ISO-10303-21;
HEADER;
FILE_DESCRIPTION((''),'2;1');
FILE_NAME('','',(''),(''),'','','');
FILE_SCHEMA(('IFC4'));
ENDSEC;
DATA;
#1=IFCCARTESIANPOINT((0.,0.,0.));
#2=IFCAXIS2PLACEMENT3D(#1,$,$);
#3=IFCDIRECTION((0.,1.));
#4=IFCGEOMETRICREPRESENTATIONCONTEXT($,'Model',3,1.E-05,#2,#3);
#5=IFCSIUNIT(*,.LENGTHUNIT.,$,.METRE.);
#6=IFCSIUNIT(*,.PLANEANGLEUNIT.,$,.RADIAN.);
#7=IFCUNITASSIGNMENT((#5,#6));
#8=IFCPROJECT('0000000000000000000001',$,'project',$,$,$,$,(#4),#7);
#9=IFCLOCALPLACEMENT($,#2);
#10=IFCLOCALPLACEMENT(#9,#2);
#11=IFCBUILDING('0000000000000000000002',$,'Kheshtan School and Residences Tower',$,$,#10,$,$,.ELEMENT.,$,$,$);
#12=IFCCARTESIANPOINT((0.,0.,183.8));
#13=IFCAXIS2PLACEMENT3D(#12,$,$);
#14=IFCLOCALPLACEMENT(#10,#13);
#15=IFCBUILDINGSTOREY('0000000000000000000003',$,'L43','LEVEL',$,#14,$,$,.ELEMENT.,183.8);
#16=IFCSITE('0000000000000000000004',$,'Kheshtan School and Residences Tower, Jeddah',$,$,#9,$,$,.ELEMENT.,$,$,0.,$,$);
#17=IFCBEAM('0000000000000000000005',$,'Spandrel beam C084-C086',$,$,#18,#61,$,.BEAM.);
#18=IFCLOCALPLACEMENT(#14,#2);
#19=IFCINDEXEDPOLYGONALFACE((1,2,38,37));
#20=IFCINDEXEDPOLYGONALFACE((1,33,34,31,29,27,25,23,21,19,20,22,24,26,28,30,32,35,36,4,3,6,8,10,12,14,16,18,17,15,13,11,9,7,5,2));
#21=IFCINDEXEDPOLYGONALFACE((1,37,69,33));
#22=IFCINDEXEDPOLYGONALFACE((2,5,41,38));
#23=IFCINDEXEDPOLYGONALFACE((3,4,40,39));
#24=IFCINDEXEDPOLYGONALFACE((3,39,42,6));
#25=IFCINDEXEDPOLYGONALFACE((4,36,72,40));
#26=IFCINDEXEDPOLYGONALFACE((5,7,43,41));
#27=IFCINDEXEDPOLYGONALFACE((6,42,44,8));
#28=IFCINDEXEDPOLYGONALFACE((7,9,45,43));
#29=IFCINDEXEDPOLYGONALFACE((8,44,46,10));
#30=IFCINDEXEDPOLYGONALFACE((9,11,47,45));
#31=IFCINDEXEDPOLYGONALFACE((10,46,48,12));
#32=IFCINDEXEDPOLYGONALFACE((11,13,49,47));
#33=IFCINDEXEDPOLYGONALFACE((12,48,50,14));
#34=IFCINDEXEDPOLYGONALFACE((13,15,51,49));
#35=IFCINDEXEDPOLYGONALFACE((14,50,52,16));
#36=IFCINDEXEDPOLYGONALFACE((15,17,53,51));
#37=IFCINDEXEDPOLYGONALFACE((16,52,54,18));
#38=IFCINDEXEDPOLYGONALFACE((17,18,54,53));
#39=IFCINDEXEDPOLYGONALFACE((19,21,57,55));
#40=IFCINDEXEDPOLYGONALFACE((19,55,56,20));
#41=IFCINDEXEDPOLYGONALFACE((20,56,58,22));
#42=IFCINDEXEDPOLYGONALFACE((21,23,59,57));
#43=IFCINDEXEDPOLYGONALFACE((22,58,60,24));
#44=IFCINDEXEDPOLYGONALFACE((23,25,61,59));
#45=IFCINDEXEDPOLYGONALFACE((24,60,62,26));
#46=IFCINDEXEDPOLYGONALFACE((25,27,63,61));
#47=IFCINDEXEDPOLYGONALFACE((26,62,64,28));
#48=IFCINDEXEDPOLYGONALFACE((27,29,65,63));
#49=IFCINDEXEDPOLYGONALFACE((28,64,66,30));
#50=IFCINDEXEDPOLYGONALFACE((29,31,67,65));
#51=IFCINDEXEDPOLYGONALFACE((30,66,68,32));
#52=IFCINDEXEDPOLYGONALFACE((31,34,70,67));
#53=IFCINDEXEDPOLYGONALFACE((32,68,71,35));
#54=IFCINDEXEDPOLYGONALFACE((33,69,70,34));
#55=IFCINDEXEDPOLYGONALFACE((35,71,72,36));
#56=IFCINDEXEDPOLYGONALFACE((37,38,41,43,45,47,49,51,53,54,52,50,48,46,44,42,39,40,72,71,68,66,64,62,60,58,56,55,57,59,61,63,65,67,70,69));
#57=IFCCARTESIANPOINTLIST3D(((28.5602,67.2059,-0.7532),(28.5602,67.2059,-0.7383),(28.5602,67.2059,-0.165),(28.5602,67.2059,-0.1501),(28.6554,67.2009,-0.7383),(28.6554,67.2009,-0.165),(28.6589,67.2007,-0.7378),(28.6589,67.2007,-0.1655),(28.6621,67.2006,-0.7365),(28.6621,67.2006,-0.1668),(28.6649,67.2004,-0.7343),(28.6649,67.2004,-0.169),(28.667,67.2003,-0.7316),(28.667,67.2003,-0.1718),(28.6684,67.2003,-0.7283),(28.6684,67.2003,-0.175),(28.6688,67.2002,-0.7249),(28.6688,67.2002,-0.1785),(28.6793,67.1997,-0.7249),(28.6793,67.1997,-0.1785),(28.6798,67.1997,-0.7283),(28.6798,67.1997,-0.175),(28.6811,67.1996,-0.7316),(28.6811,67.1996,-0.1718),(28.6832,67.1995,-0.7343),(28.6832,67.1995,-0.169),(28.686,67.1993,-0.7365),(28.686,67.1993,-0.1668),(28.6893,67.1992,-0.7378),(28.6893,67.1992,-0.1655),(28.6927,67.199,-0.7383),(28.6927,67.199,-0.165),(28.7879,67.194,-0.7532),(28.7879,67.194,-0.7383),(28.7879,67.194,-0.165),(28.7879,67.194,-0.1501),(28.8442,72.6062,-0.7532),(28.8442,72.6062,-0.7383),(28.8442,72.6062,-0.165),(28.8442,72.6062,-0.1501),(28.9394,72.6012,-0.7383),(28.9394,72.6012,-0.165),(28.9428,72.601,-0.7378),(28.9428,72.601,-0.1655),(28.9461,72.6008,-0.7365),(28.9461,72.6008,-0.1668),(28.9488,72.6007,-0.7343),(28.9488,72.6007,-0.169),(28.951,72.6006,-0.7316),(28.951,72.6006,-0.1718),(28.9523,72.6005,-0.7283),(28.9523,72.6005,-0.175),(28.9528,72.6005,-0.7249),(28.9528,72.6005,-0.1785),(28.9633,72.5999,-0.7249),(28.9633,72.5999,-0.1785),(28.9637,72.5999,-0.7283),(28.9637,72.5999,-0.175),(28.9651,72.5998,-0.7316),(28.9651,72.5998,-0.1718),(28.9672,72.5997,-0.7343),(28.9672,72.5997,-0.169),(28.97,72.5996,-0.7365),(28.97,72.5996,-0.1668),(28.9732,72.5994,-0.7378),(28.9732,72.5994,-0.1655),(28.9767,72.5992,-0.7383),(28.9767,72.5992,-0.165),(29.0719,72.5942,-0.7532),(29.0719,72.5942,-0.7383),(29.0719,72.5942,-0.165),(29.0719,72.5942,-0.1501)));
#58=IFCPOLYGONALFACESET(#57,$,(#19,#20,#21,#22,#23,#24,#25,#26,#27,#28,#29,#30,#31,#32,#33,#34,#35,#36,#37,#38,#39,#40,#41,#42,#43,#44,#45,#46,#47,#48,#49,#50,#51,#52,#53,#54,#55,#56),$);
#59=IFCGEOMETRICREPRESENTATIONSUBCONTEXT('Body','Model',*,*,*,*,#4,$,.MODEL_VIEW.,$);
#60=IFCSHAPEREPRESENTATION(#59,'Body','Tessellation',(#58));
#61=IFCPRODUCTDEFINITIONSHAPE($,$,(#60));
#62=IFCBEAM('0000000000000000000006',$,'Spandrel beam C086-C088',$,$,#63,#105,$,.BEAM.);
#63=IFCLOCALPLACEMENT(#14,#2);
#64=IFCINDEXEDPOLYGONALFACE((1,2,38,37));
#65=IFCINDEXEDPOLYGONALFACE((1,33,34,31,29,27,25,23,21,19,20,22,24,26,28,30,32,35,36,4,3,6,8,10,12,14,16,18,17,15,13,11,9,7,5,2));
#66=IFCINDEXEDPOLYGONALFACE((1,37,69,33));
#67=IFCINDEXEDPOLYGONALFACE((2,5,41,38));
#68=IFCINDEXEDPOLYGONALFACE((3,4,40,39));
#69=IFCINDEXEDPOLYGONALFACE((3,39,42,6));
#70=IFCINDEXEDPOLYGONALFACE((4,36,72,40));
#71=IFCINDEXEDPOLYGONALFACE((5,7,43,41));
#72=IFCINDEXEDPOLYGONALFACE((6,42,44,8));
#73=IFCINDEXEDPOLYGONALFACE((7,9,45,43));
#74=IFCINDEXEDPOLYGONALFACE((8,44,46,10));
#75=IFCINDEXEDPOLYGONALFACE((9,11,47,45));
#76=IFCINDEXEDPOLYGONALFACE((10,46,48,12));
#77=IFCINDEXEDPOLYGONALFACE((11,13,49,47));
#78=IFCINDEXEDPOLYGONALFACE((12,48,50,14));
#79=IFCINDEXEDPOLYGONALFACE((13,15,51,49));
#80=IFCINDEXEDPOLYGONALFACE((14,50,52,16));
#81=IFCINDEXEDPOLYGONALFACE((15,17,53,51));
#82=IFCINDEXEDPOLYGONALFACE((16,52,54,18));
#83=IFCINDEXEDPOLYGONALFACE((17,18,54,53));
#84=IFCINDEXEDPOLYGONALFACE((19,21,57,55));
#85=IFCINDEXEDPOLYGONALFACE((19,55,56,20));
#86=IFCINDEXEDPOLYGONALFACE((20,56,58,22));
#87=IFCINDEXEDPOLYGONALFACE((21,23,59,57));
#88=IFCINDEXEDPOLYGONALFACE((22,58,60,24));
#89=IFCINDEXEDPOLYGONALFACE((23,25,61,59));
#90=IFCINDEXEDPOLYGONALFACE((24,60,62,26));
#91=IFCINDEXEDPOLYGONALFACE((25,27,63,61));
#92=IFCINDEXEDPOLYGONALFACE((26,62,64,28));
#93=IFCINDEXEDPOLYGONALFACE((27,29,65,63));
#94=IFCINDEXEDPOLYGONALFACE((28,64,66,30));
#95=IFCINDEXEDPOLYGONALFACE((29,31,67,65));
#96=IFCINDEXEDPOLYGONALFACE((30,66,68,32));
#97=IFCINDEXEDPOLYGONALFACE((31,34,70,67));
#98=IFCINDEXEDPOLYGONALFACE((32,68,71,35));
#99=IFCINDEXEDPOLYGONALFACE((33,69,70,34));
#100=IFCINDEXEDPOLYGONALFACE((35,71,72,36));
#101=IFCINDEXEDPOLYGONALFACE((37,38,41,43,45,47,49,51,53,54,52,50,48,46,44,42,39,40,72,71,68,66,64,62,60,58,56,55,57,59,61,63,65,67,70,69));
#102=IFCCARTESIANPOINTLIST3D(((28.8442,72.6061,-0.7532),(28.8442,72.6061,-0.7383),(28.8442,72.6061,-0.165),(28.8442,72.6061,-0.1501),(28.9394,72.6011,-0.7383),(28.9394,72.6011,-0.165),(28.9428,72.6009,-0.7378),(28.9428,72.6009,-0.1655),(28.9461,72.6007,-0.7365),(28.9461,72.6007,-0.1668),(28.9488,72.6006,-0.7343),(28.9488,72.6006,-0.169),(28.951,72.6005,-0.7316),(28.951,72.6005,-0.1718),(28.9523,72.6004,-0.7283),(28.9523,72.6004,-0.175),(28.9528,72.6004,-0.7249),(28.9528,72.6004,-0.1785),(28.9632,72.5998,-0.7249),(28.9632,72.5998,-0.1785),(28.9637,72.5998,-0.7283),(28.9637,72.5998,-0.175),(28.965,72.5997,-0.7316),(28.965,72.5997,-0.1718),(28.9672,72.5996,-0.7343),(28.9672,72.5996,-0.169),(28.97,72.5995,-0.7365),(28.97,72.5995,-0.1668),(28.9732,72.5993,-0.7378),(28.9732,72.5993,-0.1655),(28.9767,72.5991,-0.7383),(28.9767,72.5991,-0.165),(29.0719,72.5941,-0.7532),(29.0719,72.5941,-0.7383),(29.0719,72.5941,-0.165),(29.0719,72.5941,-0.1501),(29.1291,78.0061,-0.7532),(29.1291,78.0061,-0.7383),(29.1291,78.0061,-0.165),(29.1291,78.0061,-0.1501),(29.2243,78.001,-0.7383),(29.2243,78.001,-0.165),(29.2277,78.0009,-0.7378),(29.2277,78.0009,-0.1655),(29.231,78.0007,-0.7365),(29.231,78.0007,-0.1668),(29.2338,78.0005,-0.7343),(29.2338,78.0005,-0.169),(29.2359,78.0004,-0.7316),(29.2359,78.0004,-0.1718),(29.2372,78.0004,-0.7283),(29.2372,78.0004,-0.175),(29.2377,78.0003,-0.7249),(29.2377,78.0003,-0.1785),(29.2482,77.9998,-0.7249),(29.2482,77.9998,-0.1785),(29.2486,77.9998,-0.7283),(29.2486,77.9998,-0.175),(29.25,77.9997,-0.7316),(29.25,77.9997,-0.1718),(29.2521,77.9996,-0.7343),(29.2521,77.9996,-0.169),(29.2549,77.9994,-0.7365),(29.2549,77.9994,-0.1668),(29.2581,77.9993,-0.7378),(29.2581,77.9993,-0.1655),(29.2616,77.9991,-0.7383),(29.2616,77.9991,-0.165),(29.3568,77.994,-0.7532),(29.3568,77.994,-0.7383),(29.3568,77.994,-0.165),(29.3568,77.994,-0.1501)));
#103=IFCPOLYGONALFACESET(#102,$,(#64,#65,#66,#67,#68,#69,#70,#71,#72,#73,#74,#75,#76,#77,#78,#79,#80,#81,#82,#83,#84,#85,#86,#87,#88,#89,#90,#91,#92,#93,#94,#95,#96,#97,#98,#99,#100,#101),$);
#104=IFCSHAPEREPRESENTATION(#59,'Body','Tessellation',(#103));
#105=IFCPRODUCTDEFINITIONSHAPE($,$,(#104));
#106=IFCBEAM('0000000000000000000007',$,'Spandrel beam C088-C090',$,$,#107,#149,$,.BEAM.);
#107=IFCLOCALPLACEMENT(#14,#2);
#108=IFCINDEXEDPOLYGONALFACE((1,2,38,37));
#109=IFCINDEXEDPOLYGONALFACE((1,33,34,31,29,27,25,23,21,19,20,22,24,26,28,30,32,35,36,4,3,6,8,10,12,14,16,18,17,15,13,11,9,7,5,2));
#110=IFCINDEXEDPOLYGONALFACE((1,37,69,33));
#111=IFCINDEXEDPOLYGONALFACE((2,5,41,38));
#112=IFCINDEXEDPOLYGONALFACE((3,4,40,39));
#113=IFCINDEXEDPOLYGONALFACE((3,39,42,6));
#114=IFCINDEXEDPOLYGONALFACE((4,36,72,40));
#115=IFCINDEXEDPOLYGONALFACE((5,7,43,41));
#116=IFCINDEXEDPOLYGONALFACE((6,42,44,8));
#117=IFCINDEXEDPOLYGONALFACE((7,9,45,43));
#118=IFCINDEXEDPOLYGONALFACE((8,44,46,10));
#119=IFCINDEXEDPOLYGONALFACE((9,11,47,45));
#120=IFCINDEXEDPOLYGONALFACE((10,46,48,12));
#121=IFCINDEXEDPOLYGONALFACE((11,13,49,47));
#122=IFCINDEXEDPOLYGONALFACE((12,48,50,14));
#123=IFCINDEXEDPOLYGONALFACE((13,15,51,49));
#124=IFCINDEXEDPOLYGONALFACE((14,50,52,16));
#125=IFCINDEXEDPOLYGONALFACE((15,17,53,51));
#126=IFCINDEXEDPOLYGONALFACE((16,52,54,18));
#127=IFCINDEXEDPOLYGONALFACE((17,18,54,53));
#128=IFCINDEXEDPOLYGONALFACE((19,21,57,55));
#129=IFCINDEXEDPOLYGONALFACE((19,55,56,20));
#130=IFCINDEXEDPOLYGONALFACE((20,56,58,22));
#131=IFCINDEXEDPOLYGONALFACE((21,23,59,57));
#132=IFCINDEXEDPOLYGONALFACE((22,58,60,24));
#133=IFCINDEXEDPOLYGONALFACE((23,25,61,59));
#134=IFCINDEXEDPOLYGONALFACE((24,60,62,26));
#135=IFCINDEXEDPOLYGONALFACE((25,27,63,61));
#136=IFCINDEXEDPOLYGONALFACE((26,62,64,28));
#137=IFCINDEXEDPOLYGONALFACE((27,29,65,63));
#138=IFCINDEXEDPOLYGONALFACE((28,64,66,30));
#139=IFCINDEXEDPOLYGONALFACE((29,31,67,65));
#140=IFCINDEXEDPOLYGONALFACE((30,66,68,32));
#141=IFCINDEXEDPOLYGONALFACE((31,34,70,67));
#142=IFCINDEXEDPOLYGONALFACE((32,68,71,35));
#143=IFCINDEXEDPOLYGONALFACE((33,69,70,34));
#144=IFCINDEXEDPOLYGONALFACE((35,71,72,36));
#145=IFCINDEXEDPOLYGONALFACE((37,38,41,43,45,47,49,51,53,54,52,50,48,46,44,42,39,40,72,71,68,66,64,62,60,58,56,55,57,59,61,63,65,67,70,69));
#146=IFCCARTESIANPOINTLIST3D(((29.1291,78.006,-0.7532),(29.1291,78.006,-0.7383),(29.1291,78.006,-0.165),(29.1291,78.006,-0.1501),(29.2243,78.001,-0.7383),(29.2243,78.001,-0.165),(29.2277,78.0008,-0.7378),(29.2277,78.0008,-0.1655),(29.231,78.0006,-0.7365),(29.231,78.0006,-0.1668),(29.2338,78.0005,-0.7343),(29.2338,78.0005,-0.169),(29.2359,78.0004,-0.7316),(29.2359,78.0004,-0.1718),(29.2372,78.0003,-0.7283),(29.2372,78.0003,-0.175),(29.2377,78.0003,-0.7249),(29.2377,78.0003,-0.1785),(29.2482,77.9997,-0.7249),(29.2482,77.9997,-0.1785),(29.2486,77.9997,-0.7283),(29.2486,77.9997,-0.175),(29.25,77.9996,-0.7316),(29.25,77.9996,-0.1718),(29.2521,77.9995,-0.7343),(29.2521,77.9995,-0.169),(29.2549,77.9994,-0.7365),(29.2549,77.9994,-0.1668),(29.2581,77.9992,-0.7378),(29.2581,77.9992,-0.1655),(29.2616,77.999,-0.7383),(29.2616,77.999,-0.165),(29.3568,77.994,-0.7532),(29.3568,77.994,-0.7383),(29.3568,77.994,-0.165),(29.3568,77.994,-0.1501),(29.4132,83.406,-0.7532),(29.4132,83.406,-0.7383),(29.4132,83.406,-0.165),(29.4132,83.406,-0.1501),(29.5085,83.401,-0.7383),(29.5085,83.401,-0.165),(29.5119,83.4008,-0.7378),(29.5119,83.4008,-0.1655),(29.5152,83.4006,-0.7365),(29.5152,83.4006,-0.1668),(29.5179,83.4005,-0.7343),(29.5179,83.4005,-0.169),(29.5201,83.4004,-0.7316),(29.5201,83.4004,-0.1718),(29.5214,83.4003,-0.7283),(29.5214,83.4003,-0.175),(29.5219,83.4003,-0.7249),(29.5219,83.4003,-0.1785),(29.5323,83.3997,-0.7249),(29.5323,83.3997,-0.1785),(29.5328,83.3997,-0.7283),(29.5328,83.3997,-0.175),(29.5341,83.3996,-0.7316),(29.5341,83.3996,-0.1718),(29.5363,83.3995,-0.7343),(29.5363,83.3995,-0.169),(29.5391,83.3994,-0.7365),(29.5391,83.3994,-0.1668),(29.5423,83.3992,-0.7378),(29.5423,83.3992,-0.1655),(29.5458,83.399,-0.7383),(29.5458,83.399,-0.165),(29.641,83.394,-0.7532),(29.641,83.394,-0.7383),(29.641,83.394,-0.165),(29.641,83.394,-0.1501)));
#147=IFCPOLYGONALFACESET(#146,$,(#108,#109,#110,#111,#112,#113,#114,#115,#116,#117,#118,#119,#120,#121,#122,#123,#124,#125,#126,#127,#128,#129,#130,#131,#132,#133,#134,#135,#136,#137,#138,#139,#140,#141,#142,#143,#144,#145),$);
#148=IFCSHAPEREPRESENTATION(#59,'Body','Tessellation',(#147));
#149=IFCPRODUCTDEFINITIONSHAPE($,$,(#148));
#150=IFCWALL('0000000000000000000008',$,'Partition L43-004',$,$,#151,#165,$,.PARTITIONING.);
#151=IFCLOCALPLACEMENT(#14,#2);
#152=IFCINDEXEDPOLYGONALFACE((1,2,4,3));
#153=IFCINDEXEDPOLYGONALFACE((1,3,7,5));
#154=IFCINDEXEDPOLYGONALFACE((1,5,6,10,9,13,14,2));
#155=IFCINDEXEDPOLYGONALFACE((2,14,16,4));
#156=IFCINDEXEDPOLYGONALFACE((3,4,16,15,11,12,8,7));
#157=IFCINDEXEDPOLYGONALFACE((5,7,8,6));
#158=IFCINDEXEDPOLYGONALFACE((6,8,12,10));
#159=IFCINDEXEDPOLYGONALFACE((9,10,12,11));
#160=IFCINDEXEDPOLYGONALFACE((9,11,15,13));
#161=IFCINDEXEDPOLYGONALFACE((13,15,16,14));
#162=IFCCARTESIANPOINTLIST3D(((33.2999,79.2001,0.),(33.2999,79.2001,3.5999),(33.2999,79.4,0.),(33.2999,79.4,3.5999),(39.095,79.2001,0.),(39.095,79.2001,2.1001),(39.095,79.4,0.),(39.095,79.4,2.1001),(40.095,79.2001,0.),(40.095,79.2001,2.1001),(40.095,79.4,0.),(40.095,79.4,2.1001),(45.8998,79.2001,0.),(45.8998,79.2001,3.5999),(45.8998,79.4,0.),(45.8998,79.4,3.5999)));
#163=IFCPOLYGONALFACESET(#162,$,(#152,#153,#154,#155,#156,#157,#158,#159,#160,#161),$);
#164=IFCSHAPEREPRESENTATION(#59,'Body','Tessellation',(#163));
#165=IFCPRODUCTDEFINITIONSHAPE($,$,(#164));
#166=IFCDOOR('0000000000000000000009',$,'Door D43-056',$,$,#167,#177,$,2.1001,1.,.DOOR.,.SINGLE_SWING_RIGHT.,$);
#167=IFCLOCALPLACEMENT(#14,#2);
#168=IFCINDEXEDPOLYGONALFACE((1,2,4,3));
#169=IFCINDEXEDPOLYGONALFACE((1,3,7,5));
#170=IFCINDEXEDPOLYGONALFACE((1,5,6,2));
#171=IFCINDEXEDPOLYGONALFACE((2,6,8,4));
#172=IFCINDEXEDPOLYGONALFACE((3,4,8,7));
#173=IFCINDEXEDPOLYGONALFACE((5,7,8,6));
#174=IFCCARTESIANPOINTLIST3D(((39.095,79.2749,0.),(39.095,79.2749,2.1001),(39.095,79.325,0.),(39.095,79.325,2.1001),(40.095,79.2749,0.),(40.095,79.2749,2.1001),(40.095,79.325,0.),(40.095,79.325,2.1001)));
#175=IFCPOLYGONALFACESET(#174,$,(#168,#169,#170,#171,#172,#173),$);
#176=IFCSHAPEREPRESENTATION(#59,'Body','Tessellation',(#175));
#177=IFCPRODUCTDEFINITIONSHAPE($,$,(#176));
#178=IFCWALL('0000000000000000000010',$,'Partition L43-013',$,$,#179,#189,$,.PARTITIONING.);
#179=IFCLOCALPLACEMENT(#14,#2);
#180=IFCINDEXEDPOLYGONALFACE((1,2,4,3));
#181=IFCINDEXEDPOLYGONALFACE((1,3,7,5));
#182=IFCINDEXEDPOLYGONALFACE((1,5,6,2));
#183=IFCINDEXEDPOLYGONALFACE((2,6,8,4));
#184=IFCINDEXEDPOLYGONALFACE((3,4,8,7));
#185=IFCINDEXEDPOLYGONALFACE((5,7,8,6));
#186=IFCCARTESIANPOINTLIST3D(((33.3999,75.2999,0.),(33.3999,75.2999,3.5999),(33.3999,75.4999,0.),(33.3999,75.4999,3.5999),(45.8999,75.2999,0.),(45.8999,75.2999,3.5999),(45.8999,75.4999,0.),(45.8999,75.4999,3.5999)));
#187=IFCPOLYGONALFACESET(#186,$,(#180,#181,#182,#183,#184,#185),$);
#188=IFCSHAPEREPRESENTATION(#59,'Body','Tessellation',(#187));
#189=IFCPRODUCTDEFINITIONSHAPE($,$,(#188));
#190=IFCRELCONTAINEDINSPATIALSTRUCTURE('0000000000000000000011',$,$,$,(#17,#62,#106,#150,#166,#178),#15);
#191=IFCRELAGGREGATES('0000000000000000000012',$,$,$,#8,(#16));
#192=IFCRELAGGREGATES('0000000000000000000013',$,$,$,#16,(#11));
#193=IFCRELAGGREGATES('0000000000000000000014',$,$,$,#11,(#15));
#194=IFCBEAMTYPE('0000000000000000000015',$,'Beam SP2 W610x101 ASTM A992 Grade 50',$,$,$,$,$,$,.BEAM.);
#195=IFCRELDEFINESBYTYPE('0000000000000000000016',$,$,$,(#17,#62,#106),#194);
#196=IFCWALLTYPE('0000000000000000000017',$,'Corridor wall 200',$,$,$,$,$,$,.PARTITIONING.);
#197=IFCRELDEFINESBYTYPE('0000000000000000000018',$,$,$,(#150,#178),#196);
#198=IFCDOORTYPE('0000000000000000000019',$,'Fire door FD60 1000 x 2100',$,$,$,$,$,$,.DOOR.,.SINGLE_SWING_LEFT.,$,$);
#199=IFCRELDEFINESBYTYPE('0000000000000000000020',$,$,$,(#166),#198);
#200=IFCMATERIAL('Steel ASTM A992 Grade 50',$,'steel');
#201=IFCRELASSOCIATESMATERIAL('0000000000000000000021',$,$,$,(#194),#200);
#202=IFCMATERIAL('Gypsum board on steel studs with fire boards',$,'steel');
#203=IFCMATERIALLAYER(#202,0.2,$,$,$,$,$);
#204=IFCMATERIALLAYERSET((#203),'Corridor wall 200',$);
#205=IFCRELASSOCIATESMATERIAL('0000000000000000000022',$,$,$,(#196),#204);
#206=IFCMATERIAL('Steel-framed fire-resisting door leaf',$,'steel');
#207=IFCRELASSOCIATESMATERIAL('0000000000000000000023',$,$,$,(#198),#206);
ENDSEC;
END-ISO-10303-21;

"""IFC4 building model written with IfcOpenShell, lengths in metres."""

from ifc_helpers import new_model, si_unit, direction, frame, frame_2d, origin, origin_2d, place, context, subcontext, project, spatial, rectangle, i_section, extrude, source, transform, mapped, material, layer, layer_set, material_profile, profile_set, type_object, element, fill, save


model = new_model("IFC4")

# Units and contexts
model_context = context("Model", 3, precision=1e-05, world=origin(), true_north=direction((0.0, 1.0)))
body_context = subcontext(model_context, "Body", "Model", "MODEL_VIEW")
ifc_project = project(units=[si_unit("LENGTHUNIT", "METRE"), si_unit("PLANEANGLEUNIT", "RADIAN")], contexts=[model_context])

# Site, building, storey
site_placement = place(None, origin())
site = spatial("IfcSite", under=ifc_project, at=site_placement, Name="Kheshtan School and Residences Tower, Jeddah", CompositionType="ELEMENT", RefElevation=0.0)
building_placement = place(site_placement, origin())
building = spatial("IfcBuilding", under=site, at=building_placement, Name="Kheshtan School and Residences Tower", CompositionType="ELEMENT")
storey_placement = place(building_placement, frame((0.0, 0.0, 183.8)))
storey = spatial("IfcBuildingStorey", under=building, at=storey_placement, Name="L43", Description="LEVEL", CompositionType="ELEMENT", Elevation=183.8)

# Shared definitions
ifc_material_1 = material(Name="Steel ASTM A992 Grade 50", Category="steel")

# Beams
ifc_material_profile_1 = material_profile(ifc_material_1, i_section(OverallWidth=0.228, OverallDepth=0.603, WebThickness=0.0105, FlangeThickness=0.0149, FilletRadius=0.0134, at=origin_2d()), Name="W610x101")
ifc_profile_set_1 = profile_set([ifc_material_profile_1], Name="Steel ASTM A992 Grade 50")
beam_type_1 = type_object("IfcBeamType", Name="Beam SP2 W610x101 ASTM A992 Grade 50", PredefinedType="BEAM", material=ifc_profile_set_1)
beam_1_placement = place(storey_placement, frame((28.6741, 67.2, -0.4517), z_axis=(0.052507, 0.998621, 0.0), x_axis=(-0.998621, 0.052507, 0.0)))
element("IfcBeam", 1, at=beam_1_placement, inside=storey, type_object=beam_type_1, Name="Spandrel beam C084-C086", PredefinedType="BEAM", context=body_context, shape_type="SweptSolid", body=[
    extrude(i_section(OverallWidth=0.228, OverallDepth=0.603, WebThickness=0.0105, FlangeThickness=0.0149, FilletRadius=0.0134, at=origin_2d()), origin(), (0.0, 0.0, 1.0), 5.4077),
])
for number, where, z_axis, x_axis, name in (
    (2, (28.958, 72.6001, -0.4517), (0.052689, 0.998611, 0.0), (-0.998611, 0.052689, 0.0), "Spandrel beam C086-C088"),
    (3, (29.2429, 78.0, -0.4517), (0.052554, 0.998618, 0.0), (-0.998618, 0.052554, 0.0), "Spandrel beam C088-C090"),
):
    element("IfcBeam", number, at=place(storey_placement, frame(where, z_axis=z_axis, x_axis=x_axis)), inside=storey, type_object=beam_type_1, Name=name, PredefinedType="BEAM", context=body_context, shape_type="SweptSolid", body=[
        extrude(i_section(OverallWidth=0.228, OverallDepth=0.603, WebThickness=0.0105, FlangeThickness=0.0149, FilletRadius=0.0134, at=origin_2d()), origin(), (0.0, 0.0, 1.0), 5.4075),
    ])

# Wall, opening, door
ifc_material_2 = material(Name="Gypsum board on steel studs with fire boards", Category="steel")
ifc_layer_1 = layer(ifc_material_2, 0.2)
ifc_layer_set_1 = layer_set([ifc_layer_1], Name="Corridor wall 200")
wall_type_1 = type_object("IfcWallType", Name="Corridor wall 200", PredefinedType="PARTITIONING", material=ifc_layer_set_1)
wall_1_placement = place(storey_placement, frame((33.3, 79.3, 0.0), z_axis=(0.0, 0.0, 1.0), x_axis=(1.0, 0.0, 0.0)))
wall_1 = element("IfcWall", 4, at=wall_1_placement, inside=storey, type_object=wall_type_1, Name="Partition L43-004", PredefinedType="PARTITIONING", context=body_context, shape_type="SweptSolid", body=[
    extrude(rectangle(XDim=12.5999, YDim=0.2, at=frame_2d((6.2998, 0.0))), origin(), (0.0, 0.0, 1.0), 3.5999),
])
opening_1_placement = place(wall_1_placement, frame((5.7949, 0.0, 0.0)))
opening_1 = element("IfcOpeningElement", 5, at=opening_1_placement, cuts=wall_1, PredefinedType="OPENING", context=body_context, shape_type="SweptSolid", body=[
    extrude(rectangle(XDim=1.0, YDim=2.1001, at=frame_2d((0.5, 1.05))), frame((0.0, 0.1099, 0.0), z_axis=(0.0, -1.0, 0.0), x_axis=(1.0, 0.0, 0.0)), (0.0, 0.0, 1.0), 0.22),
])
ifc_material_3 = material(Name="Steel-framed fire-resisting door leaf", Category="steel")
door_type_1 = type_object("IfcDoorType", Name="Fire door FD60 1000 x 2100", OperationType="SINGLE_SWING_LEFT", PredefinedType="DOOR", material=ifc_material_3)
shared_shape_1 = source(origin(), body_context, "Body", "SweptSolid", [
    extrude(rectangle(XDim=1.0, YDim=2.1001, at=frame_2d((0.5, 1.05))), frame((0.0, 0.0249, 0.0), z_axis=(0.0, -1.0, 0.0), x_axis=(1.0, 0.0, 0.0)), (0.0, 0.0, 1.0), 0.05),
])
door_1_placement = place(opening_1_placement, origin())
door_1 = element("IfcDoor", 6, at=door_1_placement, inside=storey, type_object=door_type_1, Name="Door D43-056", OperationType="SINGLE_SWING_RIGHT", OverallHeight=2.1001, OverallWidth=1.0, PredefinedType="DOOR", context=body_context, shape_type="MappedRepresentation", body=[
    mapped(shared_shape_1, transform((0.0, 0.0, 0.0), x_axis=(1.0, 0.0, 0.0), y_axis=(0.0, 1.0, 0.0), z_axis=(0.0, 0.0, 1.0), scale=1.0)),
])
fill(opening_1, door_1)

# Wall
wall_2_placement = place(storey_placement, frame((33.3999, 75.3999, 0.0), z_axis=(0.0, 0.0, 1.0), x_axis=(1.0, 0.0, 0.0)))
element("IfcWall", 7, at=wall_2_placement, inside=storey, type_object=wall_type_1, Name="Partition L43-013", PredefinedType="PARTITIONING", context=body_context, shape_type="SweptSolid", body=[
    extrude(rectangle(XDim=12.5, YDim=0.2, at=frame_2d((6.25, 0.0))), origin(), (0.0, 0.0, 1.0), 3.5999),
])

save(model, "model.ifc")
